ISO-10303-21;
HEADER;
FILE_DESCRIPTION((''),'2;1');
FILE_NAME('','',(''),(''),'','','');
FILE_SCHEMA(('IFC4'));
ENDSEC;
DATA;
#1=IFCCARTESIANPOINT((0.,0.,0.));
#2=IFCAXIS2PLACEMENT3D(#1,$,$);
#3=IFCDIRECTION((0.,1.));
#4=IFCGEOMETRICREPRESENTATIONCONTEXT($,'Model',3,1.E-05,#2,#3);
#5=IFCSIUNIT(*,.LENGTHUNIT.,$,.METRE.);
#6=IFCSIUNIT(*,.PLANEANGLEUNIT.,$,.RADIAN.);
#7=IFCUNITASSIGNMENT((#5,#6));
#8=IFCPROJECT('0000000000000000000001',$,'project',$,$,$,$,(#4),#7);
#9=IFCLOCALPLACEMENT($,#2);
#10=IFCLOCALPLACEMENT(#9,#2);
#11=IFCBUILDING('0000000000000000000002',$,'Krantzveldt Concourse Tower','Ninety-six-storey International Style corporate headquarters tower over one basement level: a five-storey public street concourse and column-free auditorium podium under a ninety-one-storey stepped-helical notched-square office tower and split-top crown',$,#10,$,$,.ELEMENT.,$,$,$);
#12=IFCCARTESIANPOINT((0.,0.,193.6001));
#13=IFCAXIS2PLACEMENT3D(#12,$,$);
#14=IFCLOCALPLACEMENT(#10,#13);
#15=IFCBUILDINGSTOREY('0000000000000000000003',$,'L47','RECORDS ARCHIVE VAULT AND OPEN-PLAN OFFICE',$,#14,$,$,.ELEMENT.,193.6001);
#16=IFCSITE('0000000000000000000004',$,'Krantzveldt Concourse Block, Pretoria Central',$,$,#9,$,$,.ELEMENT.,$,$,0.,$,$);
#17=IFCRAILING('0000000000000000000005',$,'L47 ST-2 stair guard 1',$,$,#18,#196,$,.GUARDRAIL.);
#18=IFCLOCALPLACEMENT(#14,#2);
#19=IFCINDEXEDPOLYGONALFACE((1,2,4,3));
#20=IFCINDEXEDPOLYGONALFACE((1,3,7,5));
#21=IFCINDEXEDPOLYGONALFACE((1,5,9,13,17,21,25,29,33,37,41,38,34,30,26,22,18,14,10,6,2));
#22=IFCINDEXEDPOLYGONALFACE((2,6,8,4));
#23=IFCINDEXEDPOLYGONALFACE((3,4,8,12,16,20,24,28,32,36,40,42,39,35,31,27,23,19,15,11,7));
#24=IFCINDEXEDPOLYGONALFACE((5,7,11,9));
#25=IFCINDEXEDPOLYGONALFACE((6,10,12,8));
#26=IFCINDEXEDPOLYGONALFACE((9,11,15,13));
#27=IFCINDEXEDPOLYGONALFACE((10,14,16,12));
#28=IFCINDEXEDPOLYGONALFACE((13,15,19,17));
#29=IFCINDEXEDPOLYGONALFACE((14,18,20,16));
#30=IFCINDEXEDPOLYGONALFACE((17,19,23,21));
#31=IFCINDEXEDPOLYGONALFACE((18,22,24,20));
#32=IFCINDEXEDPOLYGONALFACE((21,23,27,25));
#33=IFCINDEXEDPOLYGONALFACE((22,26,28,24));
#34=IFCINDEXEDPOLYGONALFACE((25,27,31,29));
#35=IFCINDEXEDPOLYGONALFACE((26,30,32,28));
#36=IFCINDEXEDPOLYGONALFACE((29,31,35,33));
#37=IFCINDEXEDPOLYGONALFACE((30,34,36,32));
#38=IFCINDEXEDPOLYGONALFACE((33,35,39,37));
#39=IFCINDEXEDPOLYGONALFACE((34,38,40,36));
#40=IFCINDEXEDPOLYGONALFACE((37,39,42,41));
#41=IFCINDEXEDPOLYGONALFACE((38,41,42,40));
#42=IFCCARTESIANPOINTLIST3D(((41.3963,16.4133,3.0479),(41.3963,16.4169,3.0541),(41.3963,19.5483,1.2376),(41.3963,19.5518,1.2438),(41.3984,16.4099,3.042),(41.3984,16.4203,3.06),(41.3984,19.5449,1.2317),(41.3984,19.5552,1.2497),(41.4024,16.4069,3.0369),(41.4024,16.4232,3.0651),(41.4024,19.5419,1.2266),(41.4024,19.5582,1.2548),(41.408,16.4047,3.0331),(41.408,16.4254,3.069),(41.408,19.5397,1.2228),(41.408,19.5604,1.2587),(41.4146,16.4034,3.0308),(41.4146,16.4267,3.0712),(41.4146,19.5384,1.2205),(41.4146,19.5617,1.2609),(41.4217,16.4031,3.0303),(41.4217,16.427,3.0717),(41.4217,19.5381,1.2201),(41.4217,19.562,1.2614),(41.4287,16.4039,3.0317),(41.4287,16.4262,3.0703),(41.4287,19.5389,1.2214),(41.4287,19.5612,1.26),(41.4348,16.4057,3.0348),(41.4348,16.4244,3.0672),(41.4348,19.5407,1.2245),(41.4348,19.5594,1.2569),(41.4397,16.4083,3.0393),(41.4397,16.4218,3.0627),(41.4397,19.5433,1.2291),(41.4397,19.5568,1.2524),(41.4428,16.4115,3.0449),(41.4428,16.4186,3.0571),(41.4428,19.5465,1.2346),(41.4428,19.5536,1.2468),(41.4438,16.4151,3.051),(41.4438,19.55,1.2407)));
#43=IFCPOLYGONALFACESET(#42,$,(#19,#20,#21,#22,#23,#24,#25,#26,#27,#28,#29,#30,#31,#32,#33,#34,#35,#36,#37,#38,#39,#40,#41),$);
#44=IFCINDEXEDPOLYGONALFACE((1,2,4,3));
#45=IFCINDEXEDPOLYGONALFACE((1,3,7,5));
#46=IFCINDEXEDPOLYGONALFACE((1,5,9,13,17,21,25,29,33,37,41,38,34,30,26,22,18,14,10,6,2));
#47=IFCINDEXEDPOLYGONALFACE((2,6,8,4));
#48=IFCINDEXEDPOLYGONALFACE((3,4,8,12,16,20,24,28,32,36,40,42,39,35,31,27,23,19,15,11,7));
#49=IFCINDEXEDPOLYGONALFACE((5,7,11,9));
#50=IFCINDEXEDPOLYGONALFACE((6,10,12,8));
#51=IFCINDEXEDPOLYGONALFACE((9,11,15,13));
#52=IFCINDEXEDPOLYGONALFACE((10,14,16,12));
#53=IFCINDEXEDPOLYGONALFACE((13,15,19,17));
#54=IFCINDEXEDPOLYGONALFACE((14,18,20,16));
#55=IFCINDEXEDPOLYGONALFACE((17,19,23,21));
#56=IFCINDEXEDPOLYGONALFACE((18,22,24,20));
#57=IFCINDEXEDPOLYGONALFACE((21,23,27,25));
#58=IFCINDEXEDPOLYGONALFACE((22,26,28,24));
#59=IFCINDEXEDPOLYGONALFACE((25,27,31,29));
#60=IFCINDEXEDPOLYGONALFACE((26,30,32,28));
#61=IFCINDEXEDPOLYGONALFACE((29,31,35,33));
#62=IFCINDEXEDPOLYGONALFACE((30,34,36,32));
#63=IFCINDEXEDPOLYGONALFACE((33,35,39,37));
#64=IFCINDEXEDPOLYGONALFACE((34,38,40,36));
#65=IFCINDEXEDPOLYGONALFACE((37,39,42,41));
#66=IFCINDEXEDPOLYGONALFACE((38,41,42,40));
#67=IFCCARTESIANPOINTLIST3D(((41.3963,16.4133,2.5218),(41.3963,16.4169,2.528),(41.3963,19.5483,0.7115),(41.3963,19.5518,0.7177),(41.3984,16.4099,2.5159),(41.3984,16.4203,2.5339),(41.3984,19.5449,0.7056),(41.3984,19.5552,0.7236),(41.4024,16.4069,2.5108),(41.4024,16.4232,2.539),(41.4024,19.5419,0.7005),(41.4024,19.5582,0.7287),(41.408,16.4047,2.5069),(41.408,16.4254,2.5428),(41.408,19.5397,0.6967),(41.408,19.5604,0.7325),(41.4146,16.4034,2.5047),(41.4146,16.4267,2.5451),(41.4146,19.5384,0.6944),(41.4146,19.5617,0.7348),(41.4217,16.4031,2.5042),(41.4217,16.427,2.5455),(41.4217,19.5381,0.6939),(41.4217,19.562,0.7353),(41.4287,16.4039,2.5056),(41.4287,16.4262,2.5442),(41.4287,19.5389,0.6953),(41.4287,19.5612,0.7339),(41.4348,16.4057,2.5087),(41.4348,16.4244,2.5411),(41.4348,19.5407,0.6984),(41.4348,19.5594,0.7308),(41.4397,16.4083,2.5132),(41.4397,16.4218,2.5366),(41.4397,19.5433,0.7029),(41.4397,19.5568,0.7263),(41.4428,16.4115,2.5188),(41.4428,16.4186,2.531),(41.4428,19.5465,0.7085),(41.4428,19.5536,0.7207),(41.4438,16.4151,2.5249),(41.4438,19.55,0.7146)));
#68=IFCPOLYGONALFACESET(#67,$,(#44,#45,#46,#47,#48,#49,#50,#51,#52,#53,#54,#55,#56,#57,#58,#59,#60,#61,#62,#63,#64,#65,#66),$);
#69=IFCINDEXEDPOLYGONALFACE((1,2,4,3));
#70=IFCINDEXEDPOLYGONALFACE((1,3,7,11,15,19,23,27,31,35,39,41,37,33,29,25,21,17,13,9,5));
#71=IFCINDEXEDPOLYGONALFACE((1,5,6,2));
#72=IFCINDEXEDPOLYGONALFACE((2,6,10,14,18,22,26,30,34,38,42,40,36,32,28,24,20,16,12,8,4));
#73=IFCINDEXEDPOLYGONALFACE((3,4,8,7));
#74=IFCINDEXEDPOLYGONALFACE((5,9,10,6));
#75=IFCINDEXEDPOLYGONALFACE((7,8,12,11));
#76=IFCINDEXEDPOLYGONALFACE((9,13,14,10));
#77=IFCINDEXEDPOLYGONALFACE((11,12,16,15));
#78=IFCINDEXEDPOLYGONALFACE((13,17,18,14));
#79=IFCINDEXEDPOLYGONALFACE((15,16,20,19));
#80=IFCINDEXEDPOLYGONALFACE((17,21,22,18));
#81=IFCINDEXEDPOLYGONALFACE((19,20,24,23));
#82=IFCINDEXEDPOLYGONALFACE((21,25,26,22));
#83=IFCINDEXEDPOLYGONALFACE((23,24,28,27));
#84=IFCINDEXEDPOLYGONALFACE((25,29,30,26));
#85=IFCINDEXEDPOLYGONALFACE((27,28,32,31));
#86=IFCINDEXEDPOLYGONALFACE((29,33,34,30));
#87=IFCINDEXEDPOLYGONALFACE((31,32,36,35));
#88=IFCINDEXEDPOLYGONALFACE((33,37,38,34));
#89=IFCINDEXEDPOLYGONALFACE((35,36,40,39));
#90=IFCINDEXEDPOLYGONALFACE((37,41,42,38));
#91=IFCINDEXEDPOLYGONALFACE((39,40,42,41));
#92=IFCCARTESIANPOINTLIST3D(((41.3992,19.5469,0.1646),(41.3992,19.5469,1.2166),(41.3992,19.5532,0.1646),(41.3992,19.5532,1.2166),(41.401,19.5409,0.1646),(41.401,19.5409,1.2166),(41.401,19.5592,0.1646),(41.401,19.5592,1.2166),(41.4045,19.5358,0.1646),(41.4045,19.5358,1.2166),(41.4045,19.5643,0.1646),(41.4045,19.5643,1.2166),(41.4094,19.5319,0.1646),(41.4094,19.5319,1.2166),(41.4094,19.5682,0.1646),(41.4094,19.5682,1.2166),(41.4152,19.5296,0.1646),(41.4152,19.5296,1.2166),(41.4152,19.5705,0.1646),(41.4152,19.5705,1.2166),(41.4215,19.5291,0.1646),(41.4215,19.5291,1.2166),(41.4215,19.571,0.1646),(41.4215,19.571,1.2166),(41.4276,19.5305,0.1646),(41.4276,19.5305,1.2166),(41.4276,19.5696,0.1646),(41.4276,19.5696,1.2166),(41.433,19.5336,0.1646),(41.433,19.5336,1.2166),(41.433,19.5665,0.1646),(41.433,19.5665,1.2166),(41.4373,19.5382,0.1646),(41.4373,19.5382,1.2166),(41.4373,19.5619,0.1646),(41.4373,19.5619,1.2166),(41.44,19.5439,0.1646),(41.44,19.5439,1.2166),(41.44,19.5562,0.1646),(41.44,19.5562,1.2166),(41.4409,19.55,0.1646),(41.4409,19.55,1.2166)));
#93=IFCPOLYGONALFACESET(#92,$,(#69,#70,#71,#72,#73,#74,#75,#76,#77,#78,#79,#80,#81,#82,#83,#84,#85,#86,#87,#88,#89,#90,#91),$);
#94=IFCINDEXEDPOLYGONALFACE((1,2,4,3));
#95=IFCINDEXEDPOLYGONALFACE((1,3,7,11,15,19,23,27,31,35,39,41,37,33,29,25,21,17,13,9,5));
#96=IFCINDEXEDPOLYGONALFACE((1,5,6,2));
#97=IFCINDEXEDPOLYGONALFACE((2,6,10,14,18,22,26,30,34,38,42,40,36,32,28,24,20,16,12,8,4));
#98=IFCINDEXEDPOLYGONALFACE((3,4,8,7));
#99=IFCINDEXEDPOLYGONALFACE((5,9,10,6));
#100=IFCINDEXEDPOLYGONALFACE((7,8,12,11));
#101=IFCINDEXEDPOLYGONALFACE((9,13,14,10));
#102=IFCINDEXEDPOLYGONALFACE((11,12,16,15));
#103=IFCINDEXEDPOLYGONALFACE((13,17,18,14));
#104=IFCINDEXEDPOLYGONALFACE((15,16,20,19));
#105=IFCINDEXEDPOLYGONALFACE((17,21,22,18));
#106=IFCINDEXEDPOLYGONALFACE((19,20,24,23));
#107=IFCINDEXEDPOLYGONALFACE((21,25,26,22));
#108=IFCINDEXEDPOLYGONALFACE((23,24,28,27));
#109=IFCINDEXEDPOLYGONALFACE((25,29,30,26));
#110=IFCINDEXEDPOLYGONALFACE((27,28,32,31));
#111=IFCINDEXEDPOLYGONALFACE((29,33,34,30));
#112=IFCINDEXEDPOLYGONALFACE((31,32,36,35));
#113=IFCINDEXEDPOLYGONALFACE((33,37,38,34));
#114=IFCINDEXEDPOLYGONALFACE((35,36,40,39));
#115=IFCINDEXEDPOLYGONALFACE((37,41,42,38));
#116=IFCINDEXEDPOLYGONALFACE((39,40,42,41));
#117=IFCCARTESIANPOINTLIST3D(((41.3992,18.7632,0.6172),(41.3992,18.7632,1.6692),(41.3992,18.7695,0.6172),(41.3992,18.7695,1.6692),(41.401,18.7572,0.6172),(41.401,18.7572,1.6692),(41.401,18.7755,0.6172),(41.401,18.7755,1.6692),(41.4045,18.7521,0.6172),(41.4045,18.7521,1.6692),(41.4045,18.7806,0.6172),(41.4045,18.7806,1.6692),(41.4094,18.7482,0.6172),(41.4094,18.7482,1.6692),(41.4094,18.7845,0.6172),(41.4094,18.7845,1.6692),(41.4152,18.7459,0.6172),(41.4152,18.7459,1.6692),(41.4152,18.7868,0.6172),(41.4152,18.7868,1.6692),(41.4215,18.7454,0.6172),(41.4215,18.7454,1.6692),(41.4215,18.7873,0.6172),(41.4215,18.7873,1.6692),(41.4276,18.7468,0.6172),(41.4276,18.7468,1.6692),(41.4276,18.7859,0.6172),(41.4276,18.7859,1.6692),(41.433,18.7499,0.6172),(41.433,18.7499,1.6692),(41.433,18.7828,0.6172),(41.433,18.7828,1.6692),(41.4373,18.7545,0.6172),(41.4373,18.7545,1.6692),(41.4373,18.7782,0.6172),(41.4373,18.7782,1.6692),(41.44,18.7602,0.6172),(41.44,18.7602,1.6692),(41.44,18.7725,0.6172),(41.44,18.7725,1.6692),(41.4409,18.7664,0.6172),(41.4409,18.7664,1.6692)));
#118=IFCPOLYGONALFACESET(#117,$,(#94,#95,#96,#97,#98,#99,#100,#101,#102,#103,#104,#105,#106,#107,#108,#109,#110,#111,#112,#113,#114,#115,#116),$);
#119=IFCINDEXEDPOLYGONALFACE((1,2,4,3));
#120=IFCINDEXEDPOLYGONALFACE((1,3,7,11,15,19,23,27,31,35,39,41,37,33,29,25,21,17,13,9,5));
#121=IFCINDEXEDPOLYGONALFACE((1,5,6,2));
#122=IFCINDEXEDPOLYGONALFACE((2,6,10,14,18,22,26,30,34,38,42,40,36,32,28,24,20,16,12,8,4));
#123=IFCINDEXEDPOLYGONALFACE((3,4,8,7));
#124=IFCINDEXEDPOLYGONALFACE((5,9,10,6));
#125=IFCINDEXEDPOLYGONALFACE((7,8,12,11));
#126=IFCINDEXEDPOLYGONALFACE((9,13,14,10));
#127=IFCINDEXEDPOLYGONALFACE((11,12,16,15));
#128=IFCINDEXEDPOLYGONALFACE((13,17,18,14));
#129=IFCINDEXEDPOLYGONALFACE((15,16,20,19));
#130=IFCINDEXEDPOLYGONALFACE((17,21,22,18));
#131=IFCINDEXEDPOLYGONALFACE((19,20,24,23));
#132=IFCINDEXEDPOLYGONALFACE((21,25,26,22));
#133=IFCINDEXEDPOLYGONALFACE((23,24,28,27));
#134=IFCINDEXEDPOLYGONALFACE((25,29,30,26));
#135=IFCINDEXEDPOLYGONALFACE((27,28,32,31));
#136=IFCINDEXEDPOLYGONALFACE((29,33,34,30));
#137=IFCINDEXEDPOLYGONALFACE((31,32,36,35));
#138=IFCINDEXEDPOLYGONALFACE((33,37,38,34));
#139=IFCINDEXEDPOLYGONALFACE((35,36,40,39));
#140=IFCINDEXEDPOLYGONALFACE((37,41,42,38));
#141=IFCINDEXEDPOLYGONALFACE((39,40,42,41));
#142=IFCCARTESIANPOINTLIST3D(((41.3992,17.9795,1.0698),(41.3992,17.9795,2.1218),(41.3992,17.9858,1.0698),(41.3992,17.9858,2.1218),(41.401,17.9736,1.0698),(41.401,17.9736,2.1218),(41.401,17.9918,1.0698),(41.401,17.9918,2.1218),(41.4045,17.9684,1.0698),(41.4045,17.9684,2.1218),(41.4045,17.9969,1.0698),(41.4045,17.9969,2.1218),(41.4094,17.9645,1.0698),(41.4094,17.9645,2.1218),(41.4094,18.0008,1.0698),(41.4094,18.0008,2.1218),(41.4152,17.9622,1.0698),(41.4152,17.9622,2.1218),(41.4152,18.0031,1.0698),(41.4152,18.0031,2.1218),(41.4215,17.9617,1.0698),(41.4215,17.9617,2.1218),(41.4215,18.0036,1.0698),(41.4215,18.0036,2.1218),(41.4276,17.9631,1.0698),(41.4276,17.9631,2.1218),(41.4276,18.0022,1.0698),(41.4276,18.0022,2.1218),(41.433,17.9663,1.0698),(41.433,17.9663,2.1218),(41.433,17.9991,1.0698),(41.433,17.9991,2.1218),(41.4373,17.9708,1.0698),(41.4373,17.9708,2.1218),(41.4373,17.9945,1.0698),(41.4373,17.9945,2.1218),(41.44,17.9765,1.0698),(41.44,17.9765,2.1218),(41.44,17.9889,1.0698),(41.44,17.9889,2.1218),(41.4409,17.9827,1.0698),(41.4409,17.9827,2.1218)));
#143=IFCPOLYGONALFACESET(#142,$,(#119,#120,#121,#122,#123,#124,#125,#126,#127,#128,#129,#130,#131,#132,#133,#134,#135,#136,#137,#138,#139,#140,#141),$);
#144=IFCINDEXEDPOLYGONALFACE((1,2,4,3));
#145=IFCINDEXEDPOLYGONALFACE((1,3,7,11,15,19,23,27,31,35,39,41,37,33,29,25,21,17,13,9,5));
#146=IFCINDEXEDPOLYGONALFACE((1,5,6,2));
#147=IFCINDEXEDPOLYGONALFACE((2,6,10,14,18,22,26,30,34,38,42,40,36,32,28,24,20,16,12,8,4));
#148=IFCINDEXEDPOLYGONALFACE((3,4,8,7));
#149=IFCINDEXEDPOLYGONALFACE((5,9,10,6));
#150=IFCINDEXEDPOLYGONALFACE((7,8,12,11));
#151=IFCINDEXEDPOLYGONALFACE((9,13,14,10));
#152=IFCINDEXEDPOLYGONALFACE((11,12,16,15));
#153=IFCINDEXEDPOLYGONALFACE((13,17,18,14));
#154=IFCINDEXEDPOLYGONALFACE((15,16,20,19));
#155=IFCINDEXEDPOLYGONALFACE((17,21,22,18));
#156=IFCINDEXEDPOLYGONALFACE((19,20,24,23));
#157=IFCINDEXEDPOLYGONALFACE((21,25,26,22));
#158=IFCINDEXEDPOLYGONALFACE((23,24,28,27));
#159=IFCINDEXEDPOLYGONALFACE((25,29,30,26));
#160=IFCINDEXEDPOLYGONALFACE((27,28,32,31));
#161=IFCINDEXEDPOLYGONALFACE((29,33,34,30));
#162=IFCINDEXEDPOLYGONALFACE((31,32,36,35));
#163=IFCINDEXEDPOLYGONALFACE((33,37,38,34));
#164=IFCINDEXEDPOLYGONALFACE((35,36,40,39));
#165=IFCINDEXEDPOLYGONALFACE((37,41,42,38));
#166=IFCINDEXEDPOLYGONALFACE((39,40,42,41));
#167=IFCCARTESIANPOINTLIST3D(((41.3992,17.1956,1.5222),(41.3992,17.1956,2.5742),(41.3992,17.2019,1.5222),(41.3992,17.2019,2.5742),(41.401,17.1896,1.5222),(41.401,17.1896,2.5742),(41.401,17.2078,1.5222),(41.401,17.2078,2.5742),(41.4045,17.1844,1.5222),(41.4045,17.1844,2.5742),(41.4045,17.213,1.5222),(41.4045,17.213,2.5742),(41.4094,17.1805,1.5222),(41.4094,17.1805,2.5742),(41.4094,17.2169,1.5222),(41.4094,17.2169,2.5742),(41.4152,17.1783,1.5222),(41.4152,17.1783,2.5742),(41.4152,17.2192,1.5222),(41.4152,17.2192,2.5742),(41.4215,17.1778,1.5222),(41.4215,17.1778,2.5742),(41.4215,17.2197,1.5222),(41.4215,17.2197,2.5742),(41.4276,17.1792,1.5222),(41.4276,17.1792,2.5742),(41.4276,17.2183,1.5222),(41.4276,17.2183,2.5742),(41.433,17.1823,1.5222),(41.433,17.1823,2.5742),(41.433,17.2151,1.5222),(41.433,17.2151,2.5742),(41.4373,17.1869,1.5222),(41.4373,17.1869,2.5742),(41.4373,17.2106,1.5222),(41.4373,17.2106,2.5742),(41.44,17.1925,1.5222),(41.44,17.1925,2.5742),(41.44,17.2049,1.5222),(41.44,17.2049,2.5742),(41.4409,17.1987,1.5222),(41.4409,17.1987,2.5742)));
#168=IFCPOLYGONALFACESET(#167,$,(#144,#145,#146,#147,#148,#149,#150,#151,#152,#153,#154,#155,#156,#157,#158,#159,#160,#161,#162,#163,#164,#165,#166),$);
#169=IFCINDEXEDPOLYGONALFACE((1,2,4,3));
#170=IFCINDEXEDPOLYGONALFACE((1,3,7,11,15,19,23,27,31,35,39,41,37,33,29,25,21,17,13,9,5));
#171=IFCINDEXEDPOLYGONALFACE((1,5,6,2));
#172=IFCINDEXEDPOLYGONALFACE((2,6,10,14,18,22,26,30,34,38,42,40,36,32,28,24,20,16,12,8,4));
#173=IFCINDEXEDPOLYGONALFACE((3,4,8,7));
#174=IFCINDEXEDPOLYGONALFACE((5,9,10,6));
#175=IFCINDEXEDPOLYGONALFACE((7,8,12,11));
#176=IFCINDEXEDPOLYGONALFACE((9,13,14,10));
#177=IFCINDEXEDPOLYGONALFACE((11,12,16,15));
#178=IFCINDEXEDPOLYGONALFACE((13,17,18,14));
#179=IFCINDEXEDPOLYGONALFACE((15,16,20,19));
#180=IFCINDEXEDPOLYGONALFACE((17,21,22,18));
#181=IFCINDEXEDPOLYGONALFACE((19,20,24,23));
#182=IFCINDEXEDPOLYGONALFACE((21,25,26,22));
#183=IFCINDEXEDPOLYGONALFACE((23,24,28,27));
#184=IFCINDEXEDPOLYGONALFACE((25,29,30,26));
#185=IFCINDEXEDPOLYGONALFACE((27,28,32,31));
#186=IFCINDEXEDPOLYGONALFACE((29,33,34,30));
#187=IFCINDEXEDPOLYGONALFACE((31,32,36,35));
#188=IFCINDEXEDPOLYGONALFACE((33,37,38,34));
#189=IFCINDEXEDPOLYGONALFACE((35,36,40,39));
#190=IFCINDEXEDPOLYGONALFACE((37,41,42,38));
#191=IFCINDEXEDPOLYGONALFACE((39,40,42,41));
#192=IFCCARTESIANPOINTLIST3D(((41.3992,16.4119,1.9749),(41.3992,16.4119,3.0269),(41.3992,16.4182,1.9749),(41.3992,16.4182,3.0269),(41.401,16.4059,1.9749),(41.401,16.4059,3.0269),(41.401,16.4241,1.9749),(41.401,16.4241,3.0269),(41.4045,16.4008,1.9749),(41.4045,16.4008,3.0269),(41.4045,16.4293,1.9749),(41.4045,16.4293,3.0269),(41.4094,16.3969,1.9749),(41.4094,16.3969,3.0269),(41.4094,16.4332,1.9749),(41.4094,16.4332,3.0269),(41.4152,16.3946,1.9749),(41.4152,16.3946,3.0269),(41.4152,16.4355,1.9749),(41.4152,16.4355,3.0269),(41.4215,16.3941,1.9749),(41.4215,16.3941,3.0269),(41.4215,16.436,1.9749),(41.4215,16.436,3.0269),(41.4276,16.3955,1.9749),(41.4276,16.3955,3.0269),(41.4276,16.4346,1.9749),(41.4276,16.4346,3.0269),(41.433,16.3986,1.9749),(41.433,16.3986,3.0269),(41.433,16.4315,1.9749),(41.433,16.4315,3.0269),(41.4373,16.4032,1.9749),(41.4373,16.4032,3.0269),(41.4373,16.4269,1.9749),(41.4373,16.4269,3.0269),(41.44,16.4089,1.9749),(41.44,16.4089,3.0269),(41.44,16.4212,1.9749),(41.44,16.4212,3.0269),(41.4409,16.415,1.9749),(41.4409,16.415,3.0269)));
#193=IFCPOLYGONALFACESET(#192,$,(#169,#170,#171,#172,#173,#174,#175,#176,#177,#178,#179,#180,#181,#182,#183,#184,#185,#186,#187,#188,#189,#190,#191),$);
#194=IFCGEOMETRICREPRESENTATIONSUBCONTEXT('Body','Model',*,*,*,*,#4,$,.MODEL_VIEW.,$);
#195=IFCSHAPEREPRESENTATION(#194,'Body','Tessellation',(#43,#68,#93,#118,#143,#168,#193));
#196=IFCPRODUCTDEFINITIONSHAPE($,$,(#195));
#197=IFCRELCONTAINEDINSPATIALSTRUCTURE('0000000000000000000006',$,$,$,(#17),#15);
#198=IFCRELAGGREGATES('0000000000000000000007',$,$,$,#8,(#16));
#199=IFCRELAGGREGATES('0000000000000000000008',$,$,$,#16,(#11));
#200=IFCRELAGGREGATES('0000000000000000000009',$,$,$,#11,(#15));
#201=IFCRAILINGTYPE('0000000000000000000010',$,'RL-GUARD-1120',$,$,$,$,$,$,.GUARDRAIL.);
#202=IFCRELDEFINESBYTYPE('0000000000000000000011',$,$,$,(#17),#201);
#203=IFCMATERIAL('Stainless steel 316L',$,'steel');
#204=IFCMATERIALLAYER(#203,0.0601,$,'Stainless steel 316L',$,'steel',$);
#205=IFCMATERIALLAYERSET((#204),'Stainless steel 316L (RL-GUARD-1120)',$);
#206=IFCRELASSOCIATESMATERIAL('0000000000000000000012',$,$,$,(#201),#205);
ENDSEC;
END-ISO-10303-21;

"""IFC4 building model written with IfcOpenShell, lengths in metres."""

from ifc_helpers import new_model, si_unit, direction, frame, origin, origin_2d, place, context, subcontext, project, spatial, circle, extrude, material, layer, layer_set, type_object, element, save


model = new_model("IFC4")

# Units and contexts
model_context = context("Model", 3, precision=1e-05, world=origin(), true_north=direction((0.0, 1.0)))
body_context = subcontext(model_context, "Body", "Model", "MODEL_VIEW")
ifc_project = project(units=[si_unit("LENGTHUNIT", "METRE"), si_unit("PLANEANGLEUNIT", "RADIAN")], contexts=[model_context])

# Site, building, storey
site_placement = place(None, origin())
site = spatial("IfcSite", under=ifc_project, at=site_placement, Name="Krantzveldt Concourse Block, Pretoria Central", CompositionType="ELEMENT", RefElevation=0.0)
building_placement = place(site_placement, origin())
building = spatial("IfcBuilding", under=site, at=building_placement, Name="Krantzveldt Concourse Tower", Description="Ninety-six-storey International Style corporate headquarters tower over one basement level: a five-storey public street concourse and column-free auditorium podium under a ninety-one-storey stepped-helical notched-square office tower and split-top crown", CompositionType="ELEMENT")
storey_placement = place(building_placement, frame((0.0, 0.0, 193.6001)))
storey = spatial("IfcBuildingStorey", under=building, at=storey_placement, Name="L47", Description="RECORDS ARCHIVE VAULT AND OPEN-PLAN OFFICE", CompositionType="ELEMENT", Elevation=193.6001)

# Shared definitions
ifc_material_1 = material(Name="Stainless steel 316L", Category="steel")

# Railing
ifc_layer_1 = layer(ifc_material_1, 0.0601, Name="Stainless steel 316L", Category="steel")
ifc_layer_set_1 = layer_set([ifc_layer_1], Name="Stainless steel 316L (RL-GUARD-1120)")
railing_type_1 = type_object("IfcRailingType", Name="RL-GUARD-1120", PredefinedType="GUARDRAIL", material=ifc_layer_set_1)
railing_1_placement = place(storey_placement, frame((41.4199, 19.55, 0.1646)))
element("IfcRailing", 1, at=railing_1_placement, inside=storey, type_object=railing_type_1, Name="L47 ST-2 stair guard 1", PredefinedType="GUARDRAIL", context=body_context, shape_type="SweptSolid", body=[
    extrude(circle(Radius=0.0239, at=origin_2d()), frame((0.0, 0.0, 1.0762), z_axis=(0.0, -0.865989, 0.500063), x_axis=(1.0, 0.0, 0.0)), (0.0, 0.0, 1.0), 3.6201),
    extrude(circle(Radius=0.0239, at=origin_2d()), frame((0.0, 0.0, 0.55), z_axis=(0.0, -0.865989, 0.500063), x_axis=(1.0, 0.0, 0.0)), (0.0, 0.0, 1.0), 3.6201),
    extrude(circle(Radius=0.021, at=origin_2d()), origin(), (0.0, 0.0, 1.0), 1.052),
    extrude(circle(Radius=0.021, at=origin_2d()), frame((0.0, -0.7837, 0.4526)), (0.0, 0.0, 1.0), 1.052),
    extrude(circle(Radius=0.021, at=origin_2d()), frame((0.0, -1.5674, 0.9053)), (0.0, 0.0, 1.0), 1.052),
    extrude(circle(Radius=0.021, at=origin_2d()), frame((0.0, -2.3513, 1.3577)), (0.0, 0.0, 1.0), 1.052),
    extrude(circle(Radius=0.021, at=origin_2d()), frame((0.0, -3.135, 1.8103)), (0.0, 0.0, 1.0), 1.052),
])

save(model, "model.ifc")
